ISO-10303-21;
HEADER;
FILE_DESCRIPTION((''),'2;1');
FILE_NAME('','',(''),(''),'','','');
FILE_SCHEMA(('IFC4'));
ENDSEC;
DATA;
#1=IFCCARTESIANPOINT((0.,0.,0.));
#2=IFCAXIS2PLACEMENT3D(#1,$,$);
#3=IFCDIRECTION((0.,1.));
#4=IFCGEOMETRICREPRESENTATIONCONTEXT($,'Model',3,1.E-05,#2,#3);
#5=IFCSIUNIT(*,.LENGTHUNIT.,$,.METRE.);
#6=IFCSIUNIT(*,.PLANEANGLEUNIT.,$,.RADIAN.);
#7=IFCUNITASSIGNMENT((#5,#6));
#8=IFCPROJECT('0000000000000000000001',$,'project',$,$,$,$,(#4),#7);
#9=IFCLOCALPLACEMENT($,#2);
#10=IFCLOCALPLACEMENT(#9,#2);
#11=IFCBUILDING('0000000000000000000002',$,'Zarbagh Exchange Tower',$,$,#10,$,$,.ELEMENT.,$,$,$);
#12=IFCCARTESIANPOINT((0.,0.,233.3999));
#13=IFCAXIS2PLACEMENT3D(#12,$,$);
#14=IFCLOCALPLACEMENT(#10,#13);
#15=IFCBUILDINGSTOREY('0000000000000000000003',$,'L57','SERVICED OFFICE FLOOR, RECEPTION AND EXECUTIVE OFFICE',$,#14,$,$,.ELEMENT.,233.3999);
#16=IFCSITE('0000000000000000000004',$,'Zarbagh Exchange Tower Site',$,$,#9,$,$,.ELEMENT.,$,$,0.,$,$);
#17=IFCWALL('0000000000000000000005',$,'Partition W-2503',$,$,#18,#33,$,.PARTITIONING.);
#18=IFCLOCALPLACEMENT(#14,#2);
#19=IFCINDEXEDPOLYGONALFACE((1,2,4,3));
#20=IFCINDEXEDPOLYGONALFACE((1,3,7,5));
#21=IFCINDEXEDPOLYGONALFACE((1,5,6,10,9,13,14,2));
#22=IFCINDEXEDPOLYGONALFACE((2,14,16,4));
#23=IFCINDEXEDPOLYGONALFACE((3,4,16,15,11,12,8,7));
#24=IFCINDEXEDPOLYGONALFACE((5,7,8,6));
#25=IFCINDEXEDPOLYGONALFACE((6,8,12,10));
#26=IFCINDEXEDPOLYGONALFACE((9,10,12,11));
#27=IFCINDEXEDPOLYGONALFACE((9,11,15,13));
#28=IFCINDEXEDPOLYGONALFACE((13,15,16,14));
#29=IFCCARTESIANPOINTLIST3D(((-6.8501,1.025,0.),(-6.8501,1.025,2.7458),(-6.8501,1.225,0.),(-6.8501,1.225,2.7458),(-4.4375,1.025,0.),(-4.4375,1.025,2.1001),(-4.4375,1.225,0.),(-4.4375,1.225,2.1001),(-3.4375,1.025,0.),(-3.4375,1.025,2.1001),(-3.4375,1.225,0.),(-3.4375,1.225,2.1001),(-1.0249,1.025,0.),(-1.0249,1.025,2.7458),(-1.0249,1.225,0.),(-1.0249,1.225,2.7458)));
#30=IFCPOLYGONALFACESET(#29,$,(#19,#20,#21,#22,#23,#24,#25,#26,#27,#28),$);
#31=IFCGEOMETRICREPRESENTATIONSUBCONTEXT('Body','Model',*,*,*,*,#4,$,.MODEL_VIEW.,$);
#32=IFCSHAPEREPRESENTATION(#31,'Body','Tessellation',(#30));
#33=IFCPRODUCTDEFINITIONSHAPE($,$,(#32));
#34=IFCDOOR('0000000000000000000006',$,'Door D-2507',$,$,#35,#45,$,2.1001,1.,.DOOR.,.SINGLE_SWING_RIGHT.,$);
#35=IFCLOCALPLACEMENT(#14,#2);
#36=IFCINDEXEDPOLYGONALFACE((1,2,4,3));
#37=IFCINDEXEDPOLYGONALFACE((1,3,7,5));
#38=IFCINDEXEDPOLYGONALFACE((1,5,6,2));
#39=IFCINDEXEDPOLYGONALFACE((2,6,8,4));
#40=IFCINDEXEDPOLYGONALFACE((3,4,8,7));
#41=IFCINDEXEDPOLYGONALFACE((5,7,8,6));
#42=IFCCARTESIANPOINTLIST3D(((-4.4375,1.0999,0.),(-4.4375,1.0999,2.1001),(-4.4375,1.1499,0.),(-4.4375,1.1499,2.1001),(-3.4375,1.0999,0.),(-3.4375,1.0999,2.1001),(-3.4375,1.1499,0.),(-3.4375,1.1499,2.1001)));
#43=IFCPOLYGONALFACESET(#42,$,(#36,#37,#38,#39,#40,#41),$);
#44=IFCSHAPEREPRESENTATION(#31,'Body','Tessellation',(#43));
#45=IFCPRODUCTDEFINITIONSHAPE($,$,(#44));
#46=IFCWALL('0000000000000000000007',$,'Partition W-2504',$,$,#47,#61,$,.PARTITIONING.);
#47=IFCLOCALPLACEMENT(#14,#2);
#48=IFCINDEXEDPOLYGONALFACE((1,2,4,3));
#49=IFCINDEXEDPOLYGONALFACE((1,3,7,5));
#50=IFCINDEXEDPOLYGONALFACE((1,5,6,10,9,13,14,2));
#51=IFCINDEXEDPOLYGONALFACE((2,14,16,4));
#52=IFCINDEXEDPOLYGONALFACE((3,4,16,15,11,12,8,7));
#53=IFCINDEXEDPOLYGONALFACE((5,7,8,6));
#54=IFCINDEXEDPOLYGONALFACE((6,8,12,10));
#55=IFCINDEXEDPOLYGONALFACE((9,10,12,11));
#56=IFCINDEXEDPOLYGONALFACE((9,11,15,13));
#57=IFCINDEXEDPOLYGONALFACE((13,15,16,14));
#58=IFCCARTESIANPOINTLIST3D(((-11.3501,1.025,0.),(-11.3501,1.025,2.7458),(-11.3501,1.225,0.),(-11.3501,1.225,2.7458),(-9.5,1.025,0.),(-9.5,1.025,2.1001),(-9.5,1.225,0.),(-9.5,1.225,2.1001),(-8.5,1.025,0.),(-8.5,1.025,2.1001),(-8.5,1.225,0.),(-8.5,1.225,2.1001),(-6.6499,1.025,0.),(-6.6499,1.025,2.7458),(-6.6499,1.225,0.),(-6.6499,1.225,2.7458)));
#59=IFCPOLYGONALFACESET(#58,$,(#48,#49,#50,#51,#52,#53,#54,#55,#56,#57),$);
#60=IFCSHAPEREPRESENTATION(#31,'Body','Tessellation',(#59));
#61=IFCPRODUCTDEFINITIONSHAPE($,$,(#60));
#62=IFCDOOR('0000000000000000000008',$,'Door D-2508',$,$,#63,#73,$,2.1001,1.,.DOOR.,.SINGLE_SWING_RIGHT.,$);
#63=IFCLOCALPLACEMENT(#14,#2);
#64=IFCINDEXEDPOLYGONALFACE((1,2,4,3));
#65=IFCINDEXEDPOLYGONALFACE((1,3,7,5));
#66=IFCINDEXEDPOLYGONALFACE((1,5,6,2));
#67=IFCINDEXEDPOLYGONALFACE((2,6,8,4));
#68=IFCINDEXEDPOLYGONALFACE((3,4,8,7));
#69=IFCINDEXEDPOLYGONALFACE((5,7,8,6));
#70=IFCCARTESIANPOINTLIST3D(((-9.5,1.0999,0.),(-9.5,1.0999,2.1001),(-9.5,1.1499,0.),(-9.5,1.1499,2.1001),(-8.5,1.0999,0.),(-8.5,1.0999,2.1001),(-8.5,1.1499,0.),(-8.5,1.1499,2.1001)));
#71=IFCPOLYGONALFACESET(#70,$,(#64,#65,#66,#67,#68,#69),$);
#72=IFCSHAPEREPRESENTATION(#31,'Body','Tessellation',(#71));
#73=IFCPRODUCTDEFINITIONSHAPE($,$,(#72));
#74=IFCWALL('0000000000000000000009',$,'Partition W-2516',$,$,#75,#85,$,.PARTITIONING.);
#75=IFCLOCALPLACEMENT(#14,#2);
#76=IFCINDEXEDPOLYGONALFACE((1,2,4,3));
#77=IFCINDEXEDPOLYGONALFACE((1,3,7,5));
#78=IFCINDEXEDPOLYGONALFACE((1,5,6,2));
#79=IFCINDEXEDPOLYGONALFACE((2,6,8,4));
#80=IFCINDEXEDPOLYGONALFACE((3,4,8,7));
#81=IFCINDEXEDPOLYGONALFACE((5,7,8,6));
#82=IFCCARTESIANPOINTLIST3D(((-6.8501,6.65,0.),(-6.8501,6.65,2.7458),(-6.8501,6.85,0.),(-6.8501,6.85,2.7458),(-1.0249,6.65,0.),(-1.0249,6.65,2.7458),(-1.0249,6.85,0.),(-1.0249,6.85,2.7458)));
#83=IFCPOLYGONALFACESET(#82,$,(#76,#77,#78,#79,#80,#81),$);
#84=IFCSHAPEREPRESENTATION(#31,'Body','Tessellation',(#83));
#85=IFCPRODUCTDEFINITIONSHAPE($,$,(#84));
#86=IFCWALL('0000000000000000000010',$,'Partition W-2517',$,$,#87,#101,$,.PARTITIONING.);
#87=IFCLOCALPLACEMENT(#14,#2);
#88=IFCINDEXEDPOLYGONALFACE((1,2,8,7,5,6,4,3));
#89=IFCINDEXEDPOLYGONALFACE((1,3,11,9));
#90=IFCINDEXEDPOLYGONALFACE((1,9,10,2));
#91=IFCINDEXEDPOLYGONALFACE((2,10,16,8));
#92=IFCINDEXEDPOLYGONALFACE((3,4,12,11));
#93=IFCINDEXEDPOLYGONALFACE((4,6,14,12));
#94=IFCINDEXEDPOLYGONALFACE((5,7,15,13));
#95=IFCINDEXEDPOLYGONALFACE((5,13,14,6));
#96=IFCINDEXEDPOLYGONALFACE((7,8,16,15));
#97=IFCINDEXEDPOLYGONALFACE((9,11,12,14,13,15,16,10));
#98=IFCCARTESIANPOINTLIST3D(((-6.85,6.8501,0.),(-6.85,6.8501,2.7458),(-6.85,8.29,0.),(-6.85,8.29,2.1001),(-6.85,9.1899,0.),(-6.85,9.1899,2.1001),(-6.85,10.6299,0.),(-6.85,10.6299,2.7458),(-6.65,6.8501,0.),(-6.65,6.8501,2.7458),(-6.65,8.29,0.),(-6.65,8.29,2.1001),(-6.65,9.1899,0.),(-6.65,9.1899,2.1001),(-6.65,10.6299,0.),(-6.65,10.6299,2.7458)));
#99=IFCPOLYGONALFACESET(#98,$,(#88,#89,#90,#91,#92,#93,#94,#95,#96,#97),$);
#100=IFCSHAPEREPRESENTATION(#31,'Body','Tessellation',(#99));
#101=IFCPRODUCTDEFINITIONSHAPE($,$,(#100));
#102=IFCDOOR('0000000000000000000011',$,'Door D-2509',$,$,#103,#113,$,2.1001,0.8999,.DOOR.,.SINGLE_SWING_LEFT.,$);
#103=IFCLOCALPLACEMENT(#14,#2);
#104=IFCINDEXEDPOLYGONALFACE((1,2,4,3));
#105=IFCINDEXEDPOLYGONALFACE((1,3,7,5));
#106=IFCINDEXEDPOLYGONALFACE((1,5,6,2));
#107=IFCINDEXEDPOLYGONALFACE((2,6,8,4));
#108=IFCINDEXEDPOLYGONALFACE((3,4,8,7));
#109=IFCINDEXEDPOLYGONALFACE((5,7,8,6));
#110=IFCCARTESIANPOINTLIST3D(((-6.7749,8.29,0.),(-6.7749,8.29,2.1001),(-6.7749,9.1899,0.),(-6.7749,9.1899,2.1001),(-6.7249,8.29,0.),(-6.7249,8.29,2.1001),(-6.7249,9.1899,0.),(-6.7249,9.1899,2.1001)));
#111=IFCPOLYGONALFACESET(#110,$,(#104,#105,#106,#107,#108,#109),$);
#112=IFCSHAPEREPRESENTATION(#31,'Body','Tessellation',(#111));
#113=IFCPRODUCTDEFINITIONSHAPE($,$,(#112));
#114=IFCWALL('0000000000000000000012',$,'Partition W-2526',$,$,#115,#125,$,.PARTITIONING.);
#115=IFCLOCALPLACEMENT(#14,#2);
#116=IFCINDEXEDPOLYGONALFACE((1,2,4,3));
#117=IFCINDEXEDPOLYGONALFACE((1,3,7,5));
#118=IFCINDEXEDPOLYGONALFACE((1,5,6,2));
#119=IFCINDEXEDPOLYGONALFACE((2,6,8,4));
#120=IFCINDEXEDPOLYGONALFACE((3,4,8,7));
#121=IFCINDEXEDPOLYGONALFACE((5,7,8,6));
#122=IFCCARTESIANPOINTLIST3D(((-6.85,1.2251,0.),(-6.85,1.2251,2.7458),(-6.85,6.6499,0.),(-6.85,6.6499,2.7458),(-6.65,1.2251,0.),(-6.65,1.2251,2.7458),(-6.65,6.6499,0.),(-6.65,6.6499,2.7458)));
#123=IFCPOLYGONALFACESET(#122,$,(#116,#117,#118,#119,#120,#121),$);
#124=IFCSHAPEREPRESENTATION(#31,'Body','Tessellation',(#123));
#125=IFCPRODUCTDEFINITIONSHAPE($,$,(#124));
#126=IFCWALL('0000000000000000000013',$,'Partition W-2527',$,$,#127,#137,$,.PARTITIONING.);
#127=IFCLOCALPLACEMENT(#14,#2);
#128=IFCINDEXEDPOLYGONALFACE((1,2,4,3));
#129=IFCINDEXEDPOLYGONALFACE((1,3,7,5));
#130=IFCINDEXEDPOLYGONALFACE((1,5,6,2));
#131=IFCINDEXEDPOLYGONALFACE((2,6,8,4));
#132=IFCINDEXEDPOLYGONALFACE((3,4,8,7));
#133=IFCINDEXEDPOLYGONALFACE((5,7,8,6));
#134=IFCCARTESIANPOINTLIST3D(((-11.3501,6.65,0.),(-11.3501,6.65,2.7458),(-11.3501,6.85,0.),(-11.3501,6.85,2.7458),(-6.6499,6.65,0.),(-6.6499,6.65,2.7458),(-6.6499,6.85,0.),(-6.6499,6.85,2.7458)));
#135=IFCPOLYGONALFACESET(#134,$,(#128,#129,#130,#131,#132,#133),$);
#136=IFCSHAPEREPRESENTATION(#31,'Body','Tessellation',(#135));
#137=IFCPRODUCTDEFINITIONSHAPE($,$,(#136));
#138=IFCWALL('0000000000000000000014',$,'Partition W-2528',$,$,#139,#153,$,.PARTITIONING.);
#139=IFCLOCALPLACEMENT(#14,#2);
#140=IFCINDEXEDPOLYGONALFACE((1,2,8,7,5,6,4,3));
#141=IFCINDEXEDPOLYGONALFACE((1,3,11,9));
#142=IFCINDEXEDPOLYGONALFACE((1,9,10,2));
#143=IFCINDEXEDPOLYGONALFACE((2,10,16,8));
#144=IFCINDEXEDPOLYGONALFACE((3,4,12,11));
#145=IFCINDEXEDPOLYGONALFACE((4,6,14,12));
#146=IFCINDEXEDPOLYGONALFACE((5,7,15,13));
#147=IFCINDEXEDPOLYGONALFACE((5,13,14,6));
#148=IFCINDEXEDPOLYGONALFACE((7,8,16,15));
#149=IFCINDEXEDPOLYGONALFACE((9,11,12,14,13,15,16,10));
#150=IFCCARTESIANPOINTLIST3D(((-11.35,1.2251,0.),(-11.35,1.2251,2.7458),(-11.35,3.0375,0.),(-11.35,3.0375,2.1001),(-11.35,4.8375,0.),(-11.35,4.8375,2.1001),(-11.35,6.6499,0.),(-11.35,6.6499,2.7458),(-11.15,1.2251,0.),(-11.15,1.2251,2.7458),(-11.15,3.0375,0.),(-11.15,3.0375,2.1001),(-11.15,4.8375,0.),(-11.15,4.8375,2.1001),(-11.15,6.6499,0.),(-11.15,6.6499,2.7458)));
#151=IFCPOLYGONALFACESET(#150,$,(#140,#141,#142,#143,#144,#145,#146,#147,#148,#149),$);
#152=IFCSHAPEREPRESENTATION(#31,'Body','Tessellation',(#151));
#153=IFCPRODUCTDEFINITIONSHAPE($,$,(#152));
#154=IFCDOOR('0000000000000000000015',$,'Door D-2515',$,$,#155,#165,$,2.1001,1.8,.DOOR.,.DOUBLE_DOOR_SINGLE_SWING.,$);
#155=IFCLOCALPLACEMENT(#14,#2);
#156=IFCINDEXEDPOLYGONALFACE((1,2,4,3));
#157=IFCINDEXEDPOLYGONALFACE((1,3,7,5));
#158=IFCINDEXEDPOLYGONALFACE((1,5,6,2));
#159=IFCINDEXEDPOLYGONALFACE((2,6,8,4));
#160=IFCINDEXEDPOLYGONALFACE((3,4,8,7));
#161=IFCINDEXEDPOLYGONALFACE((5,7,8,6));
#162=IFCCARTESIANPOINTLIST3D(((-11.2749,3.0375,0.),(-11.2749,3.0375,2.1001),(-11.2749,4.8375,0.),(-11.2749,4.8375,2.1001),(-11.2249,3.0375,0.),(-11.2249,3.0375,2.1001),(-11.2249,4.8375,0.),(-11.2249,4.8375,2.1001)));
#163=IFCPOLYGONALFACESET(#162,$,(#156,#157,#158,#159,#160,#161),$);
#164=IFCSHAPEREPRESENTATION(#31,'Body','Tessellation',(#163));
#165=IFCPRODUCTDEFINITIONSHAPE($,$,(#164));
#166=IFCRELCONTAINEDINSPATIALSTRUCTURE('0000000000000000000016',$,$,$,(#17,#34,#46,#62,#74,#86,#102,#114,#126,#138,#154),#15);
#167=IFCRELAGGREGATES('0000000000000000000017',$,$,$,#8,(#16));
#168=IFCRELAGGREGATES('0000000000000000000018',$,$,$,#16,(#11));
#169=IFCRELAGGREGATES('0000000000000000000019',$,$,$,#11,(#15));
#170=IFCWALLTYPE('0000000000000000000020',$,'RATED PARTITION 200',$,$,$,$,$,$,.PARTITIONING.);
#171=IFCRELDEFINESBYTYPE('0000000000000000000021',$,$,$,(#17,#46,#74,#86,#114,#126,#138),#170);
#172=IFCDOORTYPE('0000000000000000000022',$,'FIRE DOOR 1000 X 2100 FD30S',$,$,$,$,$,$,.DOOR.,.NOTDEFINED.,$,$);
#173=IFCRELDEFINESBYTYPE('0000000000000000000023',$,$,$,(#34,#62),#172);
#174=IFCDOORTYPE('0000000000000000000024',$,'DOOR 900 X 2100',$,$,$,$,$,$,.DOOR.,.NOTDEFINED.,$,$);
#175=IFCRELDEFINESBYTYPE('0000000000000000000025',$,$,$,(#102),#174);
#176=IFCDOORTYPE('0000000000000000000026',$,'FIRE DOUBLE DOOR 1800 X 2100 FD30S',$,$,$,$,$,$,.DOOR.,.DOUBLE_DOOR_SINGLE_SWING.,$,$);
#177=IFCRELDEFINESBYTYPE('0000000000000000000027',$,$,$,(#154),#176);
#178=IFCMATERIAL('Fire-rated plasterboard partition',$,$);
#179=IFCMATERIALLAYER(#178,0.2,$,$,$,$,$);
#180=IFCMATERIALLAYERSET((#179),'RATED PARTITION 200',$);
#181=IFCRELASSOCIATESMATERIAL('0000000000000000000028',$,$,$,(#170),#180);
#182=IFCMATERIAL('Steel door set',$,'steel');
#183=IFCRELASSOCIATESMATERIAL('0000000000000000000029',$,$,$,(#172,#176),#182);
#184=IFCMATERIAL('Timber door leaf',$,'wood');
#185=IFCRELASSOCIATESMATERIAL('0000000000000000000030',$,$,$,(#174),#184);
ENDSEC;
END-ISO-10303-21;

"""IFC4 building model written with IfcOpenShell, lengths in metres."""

from ifc_helpers import new_model, si_unit, direction, frame, frame_2d, origin, place, context, subcontext, project, spatial, rectangle, extrude, material, layer, layer_set, type_object, element, fill, save


model = new_model("IFC4")

# Units and contexts
model_context = context("Model", 3, precision=1e-05, world=origin(), true_north=direction((0.0, 1.0)))
body_context = subcontext(model_context, "Body", "Model", "MODEL_VIEW")
ifc_project = project(units=[si_unit("LENGTHUNIT", "METRE"), si_unit("PLANEANGLEUNIT", "RADIAN")], contexts=[model_context])

# Site, building, storey
site_placement = place(None, origin())
site = spatial("IfcSite", under=ifc_project, at=site_placement, Name="Zarbagh Exchange Tower Site", CompositionType="ELEMENT", RefElevation=0.0)
building_placement = place(site_placement, origin())
building = spatial("IfcBuilding", under=site, at=building_placement, Name="Zarbagh Exchange Tower", CompositionType="ELEMENT")
storey_placement = place(building_placement, frame((0.0, 0.0, 233.3999)))
storey = spatial("IfcBuildingStorey", under=building, at=storey_placement, Name="L57", Description="SERVICED OFFICE FLOOR, RECEPTION AND EXECUTIVE OFFICE", CompositionType="ELEMENT", Elevation=233.3999)

# Walls, openings, doors
ifc_material_1 = material(Name="Fire-rated plasterboard partition")
ifc_layer = layer(ifc_material_1, 0.2)
ifc_layer_set = layer_set([ifc_layer], Name="RATED PARTITION 200")
wall_type = type_object("IfcWallType", Name="RATED PARTITION 200", PredefinedType="PARTITIONING", material=ifc_layer_set)
wall_1_placement = place(storey_placement, frame((-6.8501, 1.125, 0.0), z_axis=(0.0, 0.0, 1.0), x_axis=(1.0, 0.0, 0.0)))
wall_1 = element("IfcWall", 1, at=wall_1_placement, inside=storey, type_object=wall_type, Name="Partition W-2503", PredefinedType="PARTITIONING", context=body_context, shape_type="SweptSolid", body=[
    extrude(rectangle(XDim=5.8252, YDim=0.2, at=frame_2d((2.9126, 0.0))), origin(), (0.0, 0.0, 1.0), 2.7458),
])
opening_1_placement = place(wall_1_placement, frame((2.4126, 0.0, 0.0)))
opening_1 = element("IfcOpeningElement", 2, at=opening_1_placement, cuts=wall_1, PredefinedType="OPENING", context=body_context, shape_type="SweptSolid", body=[
    extrude(rectangle(XDim=1.0, YDim=2.1001, at=frame_2d((0.5, 1.05))), frame((0.0, 0.1099, 0.0), z_axis=(0.0, -1.0, 0.0), x_axis=(1.0, 0.0, 0.0)), (0.0, 0.0, 1.0), 0.22),
])
ifc_material_2 = material(Name="Steel door set", Category="steel")
door_type_1 = type_object("IfcDoorType", Name="FIRE DOOR 1000 X 2100 FD30S", OperationType="NOTDEFINED", PredefinedType="DOOR", material=ifc_material_2)
door_1_placement = place(opening_1_placement, origin())
door_1 = element("IfcDoor", 3, at=door_1_placement, inside=storey, type_object=door_type_1, Name="Door D-2507", OperationType="SINGLE_SWING_RIGHT", OverallHeight=2.1001, OverallWidth=1.0, PredefinedType="DOOR", context=body_context, shape_type="SweptSolid", body=[
    extrude(rectangle(XDim=1.0, YDim=2.1001, at=frame_2d((0.5, 1.05))), frame((0.0, 0.0249, 0.0), z_axis=(0.0, -1.0, 0.0), x_axis=(1.0, 0.0, 0.0)), (0.0, 0.0, 1.0), 0.05),
])
fill(opening_1, door_1)
wall_2_placement = place(storey_placement, frame((-11.3501, 1.125, 0.0), z_axis=(0.0, 0.0, 1.0), x_axis=(1.0, 0.0, 0.0)))
wall_2 = element("IfcWall", 4, at=wall_2_placement, inside=storey, type_object=wall_type, Name="Partition W-2504", PredefinedType="PARTITIONING", context=body_context, shape_type="SweptSolid", body=[
    extrude(rectangle(XDim=4.7002, YDim=0.2, at=frame_2d((2.3501, 0.0))), origin(), (0.0, 0.0, 1.0), 2.7458),
])
opening_2_placement = place(wall_2_placement, frame((1.8501, 0.0, 0.0)))
opening_2 = element("IfcOpeningElement", 5, at=opening_2_placement, cuts=wall_2, PredefinedType="OPENING", context=body_context, shape_type="SweptSolid", body=[
    extrude(rectangle(XDim=1.0, YDim=2.1001, at=frame_2d((0.5, 1.05))), frame((0.0, 0.1099, 0.0), z_axis=(0.0, -1.0, 0.0), x_axis=(1.0, 0.0, 0.0)), (0.0, 0.0, 1.0), 0.22),
])
door_2_placement = place(opening_2_placement, origin())
door_2 = element("IfcDoor", 6, at=door_2_placement, inside=storey, type_object=door_type_1, Name="Door D-2508", OperationType="SINGLE_SWING_RIGHT", OverallHeight=2.1001, OverallWidth=1.0, PredefinedType="DOOR", context=body_context, shape_type="SweptSolid", body=[
    extrude(rectangle(XDim=1.0, YDim=2.1001, at=frame_2d((0.5, 1.05))), frame((0.0, 0.0249, 0.0), z_axis=(0.0, -1.0, 0.0), x_axis=(1.0, 0.0, 0.0)), (0.0, 0.0, 1.0), 0.05),
])
fill(opening_2, door_2)

# Wall
wall_3_placement = place(storey_placement, frame((-6.8501, 6.75, 0.0), z_axis=(0.0, 0.0, 1.0), x_axis=(1.0, 0.0, 0.0)))
element("IfcWall", 7, at=wall_3_placement, inside=storey, type_object=wall_type, Name="Partition W-2516", PredefinedType="PARTITIONING", context=body_context, shape_type="SweptSolid", body=[
    extrude(rectangle(XDim=5.8252, YDim=0.2, at=frame_2d((2.9126, 0.0))), origin(), (0.0, 0.0, 1.0), 2.7458),
])

# Wall, opening, door
wall_4_placement = place(storey_placement, frame((-6.75, 6.8501, 0.0), z_axis=(0.0, 0.0, 1.0), x_axis=(0.0, 1.0, 0.0)))
wall_4 = element("IfcWall", 8, at=wall_4_placement, inside=storey, type_object=wall_type, Name="Partition W-2517", PredefinedType="PARTITIONING", context=body_context, shape_type="SweptSolid", body=[
    extrude(rectangle(XDim=3.7798, YDim=0.2, at=frame_2d((1.8899, 0.0))), origin(), (0.0, 0.0, 1.0), 2.7458),
])
opening_3_placement = place(wall_4_placement, frame((1.4399, 0.0, 0.0)))
opening_3 = element("IfcOpeningElement", 9, at=opening_3_placement, cuts=wall_4, PredefinedType="OPENING", context=body_context, shape_type="SweptSolid", body=[
    extrude(rectangle(XDim=0.8999, YDim=2.1001, at=frame_2d((0.45, 1.05))), frame((0.0, 0.1099, 0.0), z_axis=(0.0, -1.0, 0.0), x_axis=(1.0, 0.0, 0.0)), (0.0, 0.0, 1.0), 0.22),
])
ifc_material_3 = material(Name="Timber door leaf", Category="wood")
door_type_2 = type_object("IfcDoorType", Name="DOOR 900 X 2100", OperationType="NOTDEFINED", PredefinedType="DOOR", material=ifc_material_3)
door_3_placement = place(opening_3_placement, origin())
door_3 = element("IfcDoor", 10, at=door_3_placement, inside=storey, type_object=door_type_2, Name="Door D-2509", OperationType="SINGLE_SWING_LEFT", OverallHeight=2.1001, OverallWidth=0.8999, PredefinedType="DOOR", context=body_context, shape_type="SweptSolid", body=[
    extrude(rectangle(XDim=0.8999, YDim=2.1001, at=frame_2d((0.45, 1.05))), frame((0.0, 0.0249, 0.0), z_axis=(0.0, -1.0, 0.0), x_axis=(1.0, 0.0, 0.0)), (0.0, 0.0, 1.0), 0.05),
])
fill(opening_3, door_3)

# Walls
wall_5_placement = place(storey_placement, frame((-6.75, 1.2251, 0.0), z_axis=(0.0, 0.0, 1.0), x_axis=(0.0, 1.0, 0.0)))
element("IfcWall", 11, at=wall_5_placement, inside=storey, type_object=wall_type, Name="Partition W-2526", PredefinedType="PARTITIONING", context=body_context, shape_type="SweptSolid", body=[
    extrude(rectangle(XDim=5.4248, YDim=0.2, at=frame_2d((2.7124, 0.0))), origin(), (0.0, 0.0, 1.0), 2.7458),
])
wall_6_placement = place(storey_placement, frame((-11.3501, 6.75, 0.0), z_axis=(0.0, 0.0, 1.0), x_axis=(1.0, 0.0, 0.0)))
element("IfcWall", 12, at=wall_6_placement, inside=storey, type_object=wall_type, Name="Partition W-2527", PredefinedType="PARTITIONING", context=body_context, shape_type="SweptSolid", body=[
    extrude(rectangle(XDim=4.7002, YDim=0.2, at=frame_2d((2.3501, 0.0))), origin(), (0.0, 0.0, 1.0), 2.7458),
])

# Wall, opening, door
wall_7_placement = place(storey_placement, frame((-11.25, 1.2251, 0.0), z_axis=(0.0, 0.0, 1.0), x_axis=(0.0, 1.0, 0.0)))
wall_7 = element("IfcWall", 13, at=wall_7_placement, inside=storey, type_object=wall_type, Name="Partition W-2528", PredefinedType="PARTITIONING", context=body_context, shape_type="SweptSolid", body=[
    extrude(rectangle(XDim=5.4248, YDim=0.2, at=frame_2d((2.7124, 0.0))), origin(), (0.0, 0.0, 1.0), 2.7458),
])
opening_4_placement = place(wall_7_placement, frame((1.8125, 0.0, 0.0)))
opening_4 = element("IfcOpeningElement", 14, at=opening_4_placement, cuts=wall_7, PredefinedType="OPENING", context=body_context, shape_type="SweptSolid", body=[
    extrude(rectangle(XDim=1.8, YDim=2.1001, at=frame_2d((0.8999, 1.05))), frame((0.0, 0.1099, 0.0), z_axis=(0.0, -1.0, 0.0), x_axis=(1.0, 0.0, 0.0)), (0.0, 0.0, 1.0), 0.22),
])
door_type_3 = type_object("IfcDoorType", Name="FIRE DOUBLE DOOR 1800 X 2100 FD30S", OperationType="DOUBLE_DOOR_SINGLE_SWING", PredefinedType="DOOR", material=ifc_material_2)
door_4_placement = place(opening_4_placement, origin())
door_4 = element("IfcDoor", 15, at=door_4_placement, inside=storey, type_object=door_type_3, Name="Door D-2515", OperationType="DOUBLE_DOOR_SINGLE_SWING", OverallHeight=2.1001, OverallWidth=1.8, PredefinedType="DOOR", context=body_context, shape_type="SweptSolid", body=[
    extrude(rectangle(XDim=1.8, YDim=2.1001, at=frame_2d((0.8999, 1.05))), frame((0.0, 0.0249, 0.0), z_axis=(0.0, -1.0, 0.0), x_axis=(1.0, 0.0, 0.0)), (0.0, 0.0, 1.0), 0.05),
])
fill(opening_4, door_4)

save(model, "model.ifc")
